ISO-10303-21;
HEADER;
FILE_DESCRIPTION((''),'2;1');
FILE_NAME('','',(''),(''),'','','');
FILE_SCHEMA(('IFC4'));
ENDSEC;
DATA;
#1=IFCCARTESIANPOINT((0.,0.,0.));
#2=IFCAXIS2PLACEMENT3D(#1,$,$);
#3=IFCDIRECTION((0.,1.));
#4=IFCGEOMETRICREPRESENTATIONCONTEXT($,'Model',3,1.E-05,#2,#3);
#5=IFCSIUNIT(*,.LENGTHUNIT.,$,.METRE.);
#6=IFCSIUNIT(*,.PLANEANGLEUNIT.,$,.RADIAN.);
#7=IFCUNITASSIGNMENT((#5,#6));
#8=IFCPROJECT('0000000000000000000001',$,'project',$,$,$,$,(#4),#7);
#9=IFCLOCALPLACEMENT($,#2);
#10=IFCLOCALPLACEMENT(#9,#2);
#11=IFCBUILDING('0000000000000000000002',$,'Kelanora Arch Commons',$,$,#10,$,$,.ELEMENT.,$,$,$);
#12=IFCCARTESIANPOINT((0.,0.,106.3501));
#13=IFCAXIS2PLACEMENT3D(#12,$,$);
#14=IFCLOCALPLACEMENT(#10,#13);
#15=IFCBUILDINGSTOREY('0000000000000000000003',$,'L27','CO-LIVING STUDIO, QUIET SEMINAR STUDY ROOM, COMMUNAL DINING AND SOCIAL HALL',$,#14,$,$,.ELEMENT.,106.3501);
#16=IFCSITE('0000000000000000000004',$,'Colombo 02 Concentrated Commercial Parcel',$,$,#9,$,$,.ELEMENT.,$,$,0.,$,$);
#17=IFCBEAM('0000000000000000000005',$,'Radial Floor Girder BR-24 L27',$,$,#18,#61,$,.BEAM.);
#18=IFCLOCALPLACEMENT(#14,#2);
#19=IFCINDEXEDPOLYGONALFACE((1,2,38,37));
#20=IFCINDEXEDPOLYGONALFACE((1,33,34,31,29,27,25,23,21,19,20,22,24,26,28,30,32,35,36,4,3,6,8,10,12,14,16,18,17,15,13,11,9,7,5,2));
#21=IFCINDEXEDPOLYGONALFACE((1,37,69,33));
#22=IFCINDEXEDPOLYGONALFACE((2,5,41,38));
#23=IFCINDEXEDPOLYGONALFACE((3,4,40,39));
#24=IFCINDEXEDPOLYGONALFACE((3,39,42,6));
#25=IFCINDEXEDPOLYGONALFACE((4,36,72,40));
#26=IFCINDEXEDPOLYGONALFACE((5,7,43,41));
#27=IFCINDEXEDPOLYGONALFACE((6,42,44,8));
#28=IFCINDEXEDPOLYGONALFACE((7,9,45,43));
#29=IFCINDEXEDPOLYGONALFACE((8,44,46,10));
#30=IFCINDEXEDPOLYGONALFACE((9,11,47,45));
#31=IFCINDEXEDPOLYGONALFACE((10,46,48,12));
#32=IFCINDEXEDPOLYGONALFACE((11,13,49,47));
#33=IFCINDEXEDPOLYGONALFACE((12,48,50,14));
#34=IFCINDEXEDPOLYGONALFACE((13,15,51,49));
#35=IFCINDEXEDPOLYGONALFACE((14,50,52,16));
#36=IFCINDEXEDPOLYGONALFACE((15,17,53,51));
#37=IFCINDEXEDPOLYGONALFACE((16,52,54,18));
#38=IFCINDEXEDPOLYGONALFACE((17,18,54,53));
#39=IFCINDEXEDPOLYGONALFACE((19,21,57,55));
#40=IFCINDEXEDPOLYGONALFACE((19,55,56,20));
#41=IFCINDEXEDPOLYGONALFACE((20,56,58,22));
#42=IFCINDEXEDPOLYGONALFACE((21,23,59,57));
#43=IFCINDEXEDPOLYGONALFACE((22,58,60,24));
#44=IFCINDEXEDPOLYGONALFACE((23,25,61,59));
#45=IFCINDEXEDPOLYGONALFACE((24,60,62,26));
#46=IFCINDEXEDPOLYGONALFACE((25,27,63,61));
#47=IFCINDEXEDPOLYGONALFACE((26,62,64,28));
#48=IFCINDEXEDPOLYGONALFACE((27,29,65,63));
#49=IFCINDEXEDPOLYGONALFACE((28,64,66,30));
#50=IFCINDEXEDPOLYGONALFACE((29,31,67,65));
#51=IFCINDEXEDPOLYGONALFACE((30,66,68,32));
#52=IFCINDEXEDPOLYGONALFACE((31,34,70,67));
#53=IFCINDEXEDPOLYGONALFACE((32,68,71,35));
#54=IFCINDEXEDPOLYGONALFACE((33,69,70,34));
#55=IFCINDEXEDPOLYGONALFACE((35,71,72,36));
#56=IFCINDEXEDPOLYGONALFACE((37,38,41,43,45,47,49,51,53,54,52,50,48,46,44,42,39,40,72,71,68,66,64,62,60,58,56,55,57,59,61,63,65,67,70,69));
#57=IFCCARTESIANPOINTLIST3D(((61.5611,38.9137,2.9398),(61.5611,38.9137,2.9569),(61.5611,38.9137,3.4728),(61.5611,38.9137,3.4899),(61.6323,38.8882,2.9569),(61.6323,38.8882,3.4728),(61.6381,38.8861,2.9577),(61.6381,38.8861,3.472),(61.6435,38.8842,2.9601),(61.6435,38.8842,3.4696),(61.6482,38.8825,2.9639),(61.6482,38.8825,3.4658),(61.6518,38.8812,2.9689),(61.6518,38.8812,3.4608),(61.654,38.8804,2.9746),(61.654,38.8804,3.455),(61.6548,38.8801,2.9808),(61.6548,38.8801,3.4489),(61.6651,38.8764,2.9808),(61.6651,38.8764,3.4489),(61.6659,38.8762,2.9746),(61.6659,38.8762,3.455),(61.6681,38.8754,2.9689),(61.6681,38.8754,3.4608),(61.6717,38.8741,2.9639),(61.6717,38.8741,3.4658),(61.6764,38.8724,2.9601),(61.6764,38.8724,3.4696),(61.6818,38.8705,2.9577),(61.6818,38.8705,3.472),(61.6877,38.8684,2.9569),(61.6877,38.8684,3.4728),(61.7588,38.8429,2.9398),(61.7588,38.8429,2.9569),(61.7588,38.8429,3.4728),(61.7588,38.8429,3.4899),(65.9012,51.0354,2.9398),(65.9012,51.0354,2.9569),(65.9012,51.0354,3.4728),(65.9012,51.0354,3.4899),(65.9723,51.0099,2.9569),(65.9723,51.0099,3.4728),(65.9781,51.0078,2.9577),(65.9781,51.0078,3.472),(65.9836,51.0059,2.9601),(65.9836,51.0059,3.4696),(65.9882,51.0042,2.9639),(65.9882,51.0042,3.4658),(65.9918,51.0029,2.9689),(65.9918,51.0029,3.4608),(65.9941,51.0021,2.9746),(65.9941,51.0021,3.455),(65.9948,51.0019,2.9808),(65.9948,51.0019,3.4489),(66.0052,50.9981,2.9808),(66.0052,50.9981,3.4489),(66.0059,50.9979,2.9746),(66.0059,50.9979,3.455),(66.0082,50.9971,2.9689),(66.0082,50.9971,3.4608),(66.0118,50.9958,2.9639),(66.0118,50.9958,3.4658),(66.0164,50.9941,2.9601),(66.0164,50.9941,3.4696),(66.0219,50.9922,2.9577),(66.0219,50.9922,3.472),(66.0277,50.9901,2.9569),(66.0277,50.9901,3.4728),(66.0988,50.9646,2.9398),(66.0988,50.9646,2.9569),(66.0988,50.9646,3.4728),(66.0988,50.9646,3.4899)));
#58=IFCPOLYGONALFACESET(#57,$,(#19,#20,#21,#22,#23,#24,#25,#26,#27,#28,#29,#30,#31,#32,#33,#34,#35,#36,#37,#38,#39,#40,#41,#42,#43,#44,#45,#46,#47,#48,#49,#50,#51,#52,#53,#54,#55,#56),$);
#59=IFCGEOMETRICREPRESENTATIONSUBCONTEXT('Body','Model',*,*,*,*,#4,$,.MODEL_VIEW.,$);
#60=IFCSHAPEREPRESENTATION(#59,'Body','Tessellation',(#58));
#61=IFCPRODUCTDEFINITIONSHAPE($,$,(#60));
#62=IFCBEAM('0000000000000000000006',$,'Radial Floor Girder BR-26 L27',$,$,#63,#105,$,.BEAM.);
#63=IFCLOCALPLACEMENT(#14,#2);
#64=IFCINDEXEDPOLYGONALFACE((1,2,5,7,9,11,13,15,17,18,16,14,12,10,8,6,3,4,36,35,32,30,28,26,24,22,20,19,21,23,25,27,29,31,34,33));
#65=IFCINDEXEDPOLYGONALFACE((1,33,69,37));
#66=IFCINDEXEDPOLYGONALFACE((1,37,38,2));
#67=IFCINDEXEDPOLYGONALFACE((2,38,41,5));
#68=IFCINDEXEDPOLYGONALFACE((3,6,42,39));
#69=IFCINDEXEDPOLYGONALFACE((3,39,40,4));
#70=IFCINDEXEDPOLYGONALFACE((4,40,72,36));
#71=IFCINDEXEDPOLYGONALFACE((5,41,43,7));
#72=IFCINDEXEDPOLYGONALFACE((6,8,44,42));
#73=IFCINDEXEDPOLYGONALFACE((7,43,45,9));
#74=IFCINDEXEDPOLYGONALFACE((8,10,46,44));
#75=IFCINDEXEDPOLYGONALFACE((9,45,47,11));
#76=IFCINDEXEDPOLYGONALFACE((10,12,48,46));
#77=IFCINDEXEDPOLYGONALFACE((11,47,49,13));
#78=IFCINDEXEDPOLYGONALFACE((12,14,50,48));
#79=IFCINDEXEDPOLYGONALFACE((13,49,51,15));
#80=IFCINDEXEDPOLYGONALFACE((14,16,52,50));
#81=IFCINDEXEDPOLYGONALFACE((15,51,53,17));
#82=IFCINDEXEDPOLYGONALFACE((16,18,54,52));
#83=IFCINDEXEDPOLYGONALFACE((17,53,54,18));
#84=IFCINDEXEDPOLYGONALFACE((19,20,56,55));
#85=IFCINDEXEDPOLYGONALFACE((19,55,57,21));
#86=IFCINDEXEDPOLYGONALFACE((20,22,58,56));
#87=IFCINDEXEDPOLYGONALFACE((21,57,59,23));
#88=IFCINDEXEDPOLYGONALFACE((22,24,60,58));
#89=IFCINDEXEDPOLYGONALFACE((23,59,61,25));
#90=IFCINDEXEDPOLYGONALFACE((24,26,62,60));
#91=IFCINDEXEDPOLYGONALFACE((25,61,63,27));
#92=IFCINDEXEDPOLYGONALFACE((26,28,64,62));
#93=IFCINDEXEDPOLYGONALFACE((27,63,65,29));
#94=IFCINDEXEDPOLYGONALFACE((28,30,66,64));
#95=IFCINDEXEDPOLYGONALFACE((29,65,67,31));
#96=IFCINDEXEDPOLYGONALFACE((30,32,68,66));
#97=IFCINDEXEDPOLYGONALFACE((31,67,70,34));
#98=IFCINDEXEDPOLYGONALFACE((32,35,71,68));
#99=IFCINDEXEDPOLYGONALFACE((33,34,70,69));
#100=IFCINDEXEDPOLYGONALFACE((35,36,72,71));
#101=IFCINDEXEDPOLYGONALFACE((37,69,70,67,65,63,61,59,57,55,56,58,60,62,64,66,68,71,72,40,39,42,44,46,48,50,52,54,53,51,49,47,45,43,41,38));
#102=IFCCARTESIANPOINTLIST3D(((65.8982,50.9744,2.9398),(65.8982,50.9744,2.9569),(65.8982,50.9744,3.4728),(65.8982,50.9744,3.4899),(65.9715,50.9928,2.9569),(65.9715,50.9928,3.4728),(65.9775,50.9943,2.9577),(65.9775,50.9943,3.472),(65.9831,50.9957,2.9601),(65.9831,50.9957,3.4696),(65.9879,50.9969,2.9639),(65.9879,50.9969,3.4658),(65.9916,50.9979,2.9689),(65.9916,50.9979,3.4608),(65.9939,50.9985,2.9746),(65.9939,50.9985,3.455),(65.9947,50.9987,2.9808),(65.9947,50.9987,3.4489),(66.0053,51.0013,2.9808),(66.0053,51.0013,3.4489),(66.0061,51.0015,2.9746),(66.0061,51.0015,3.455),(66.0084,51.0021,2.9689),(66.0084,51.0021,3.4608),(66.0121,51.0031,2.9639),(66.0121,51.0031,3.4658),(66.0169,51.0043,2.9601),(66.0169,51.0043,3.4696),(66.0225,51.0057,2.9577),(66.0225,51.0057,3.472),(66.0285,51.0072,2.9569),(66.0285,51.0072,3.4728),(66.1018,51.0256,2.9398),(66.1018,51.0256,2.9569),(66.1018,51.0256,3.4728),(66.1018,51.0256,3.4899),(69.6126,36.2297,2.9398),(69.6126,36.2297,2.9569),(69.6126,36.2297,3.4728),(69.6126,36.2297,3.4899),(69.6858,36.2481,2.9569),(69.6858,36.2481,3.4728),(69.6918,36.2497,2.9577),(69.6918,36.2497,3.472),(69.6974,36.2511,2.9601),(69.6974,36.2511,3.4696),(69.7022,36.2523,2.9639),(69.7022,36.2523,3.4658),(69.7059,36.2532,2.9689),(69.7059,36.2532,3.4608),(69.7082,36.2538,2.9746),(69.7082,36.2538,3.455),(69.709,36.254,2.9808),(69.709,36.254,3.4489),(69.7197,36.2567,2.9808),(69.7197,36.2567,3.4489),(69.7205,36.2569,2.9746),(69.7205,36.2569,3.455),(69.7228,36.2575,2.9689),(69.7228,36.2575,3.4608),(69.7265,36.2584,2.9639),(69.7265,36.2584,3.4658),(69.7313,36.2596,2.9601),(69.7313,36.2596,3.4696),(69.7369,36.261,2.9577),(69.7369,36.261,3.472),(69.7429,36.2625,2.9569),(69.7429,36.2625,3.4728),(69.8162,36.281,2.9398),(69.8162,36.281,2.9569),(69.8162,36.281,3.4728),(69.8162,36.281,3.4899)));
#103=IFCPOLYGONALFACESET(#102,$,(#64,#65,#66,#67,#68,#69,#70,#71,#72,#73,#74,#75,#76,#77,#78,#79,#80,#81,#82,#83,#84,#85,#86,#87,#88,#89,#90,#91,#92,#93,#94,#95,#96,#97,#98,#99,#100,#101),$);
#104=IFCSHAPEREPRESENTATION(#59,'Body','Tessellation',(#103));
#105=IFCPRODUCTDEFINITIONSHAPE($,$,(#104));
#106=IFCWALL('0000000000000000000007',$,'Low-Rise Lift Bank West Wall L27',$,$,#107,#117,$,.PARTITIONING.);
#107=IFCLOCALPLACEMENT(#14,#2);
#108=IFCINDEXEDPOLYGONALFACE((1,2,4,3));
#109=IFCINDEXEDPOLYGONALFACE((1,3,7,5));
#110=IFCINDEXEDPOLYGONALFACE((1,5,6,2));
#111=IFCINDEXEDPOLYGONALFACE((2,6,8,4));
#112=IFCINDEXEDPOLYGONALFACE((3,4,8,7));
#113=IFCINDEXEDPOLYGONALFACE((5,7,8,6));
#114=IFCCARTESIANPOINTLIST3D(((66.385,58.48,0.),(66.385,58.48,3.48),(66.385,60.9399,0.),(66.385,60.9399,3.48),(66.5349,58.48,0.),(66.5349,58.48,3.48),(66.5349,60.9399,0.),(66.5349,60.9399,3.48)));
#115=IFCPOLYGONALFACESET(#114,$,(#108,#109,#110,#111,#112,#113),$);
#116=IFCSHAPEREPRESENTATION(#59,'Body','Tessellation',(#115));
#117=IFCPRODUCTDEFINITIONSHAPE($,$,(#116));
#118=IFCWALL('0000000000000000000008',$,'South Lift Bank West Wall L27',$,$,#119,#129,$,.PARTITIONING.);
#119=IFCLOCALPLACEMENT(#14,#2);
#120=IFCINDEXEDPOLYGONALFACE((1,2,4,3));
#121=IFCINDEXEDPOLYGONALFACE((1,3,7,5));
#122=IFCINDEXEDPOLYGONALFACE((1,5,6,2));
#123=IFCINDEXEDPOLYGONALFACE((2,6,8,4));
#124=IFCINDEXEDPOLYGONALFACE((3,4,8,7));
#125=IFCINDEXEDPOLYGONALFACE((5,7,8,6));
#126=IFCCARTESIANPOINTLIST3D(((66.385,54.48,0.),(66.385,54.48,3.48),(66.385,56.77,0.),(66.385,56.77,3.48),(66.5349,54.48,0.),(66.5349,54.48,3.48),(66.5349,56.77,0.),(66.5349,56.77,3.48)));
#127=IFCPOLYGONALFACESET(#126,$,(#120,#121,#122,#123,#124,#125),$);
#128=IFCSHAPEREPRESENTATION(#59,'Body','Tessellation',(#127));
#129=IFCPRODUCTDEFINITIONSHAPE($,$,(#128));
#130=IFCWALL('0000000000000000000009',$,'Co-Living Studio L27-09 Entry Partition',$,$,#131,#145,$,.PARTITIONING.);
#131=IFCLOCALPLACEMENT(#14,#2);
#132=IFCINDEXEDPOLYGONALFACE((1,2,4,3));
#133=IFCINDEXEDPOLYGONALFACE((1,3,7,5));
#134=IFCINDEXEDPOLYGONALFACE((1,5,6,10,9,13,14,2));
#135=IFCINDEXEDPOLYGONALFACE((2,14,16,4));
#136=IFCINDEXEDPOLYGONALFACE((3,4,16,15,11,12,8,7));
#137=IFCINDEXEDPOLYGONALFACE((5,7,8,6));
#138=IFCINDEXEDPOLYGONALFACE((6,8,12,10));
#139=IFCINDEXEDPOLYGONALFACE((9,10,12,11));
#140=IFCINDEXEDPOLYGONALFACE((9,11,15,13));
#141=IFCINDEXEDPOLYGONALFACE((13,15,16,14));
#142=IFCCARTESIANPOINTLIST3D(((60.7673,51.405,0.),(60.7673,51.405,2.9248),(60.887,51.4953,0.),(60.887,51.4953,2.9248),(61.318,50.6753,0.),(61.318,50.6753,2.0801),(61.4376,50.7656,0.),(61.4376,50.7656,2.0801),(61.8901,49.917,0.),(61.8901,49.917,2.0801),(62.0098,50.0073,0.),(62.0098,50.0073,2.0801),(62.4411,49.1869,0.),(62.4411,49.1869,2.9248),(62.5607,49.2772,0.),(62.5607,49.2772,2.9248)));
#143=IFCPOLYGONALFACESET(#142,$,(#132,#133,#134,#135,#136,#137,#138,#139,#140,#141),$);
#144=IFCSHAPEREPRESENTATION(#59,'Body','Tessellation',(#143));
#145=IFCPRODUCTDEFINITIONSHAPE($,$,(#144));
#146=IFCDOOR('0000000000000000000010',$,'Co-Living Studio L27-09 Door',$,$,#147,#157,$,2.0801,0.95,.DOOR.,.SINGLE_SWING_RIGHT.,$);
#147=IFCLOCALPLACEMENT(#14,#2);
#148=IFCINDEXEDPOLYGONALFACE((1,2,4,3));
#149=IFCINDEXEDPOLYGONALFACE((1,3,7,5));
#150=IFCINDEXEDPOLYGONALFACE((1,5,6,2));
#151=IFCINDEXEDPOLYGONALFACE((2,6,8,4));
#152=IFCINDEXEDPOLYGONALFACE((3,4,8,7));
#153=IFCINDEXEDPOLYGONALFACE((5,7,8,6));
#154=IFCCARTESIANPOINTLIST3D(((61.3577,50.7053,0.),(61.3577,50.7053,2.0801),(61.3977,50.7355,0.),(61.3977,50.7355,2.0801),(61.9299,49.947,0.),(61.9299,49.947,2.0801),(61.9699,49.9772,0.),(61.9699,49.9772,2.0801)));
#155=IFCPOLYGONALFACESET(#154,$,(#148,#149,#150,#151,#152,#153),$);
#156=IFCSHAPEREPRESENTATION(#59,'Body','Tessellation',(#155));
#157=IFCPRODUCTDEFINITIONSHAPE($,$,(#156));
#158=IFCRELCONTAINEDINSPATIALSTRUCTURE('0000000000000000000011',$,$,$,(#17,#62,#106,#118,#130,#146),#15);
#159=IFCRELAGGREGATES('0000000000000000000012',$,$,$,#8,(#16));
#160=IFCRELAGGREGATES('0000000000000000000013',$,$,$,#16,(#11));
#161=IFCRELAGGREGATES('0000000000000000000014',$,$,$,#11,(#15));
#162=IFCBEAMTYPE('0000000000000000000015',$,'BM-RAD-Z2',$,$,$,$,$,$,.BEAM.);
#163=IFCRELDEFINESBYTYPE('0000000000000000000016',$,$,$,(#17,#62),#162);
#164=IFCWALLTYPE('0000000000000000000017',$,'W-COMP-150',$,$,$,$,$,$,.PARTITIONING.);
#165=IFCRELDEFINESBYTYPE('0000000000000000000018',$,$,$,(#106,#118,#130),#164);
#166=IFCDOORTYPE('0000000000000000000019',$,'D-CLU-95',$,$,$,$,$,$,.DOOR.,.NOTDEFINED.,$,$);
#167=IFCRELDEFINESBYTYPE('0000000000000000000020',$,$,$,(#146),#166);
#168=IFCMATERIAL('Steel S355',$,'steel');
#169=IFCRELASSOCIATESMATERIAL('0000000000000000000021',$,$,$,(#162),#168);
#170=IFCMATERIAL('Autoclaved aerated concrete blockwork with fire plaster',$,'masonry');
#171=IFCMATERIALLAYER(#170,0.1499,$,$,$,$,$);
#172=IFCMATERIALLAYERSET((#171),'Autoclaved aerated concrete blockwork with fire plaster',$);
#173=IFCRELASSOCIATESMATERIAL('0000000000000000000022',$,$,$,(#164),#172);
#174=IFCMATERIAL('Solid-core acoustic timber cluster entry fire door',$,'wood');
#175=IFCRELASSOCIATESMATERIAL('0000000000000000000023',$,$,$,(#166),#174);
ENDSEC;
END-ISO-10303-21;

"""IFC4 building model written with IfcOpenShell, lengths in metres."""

from ifc_helpers import new_model, si_unit, direction, frame, frame_2d, origin, origin_2d, place, context, subcontext, project, spatial, rectangle, i_section, extrude, material, layer, layer_set, material_profile, profile_set, type_object, element, fill, save


model = new_model("IFC4")

# Units and contexts
model_context = context("Model", 3, precision=1e-05, world=origin(), true_north=direction((0.0, 1.0)))
body_context = subcontext(model_context, "Body", "Model", "MODEL_VIEW")
ifc_project = project(units=[si_unit("LENGTHUNIT", "METRE"), si_unit("PLANEANGLEUNIT", "RADIAN")], contexts=[model_context])

# Site, building, storey
site_placement = place(None, origin())
site = spatial("IfcSite", under=ifc_project, at=site_placement, Name="Colombo 02 Concentrated Commercial Parcel", CompositionType="ELEMENT", RefElevation=0.0)
building_placement = place(site_placement, origin())
building = spatial("IfcBuilding", under=site, at=building_placement, Name="Kelanora Arch Commons", CompositionType="ELEMENT")
storey_placement = place(building_placement, frame((0.0, 0.0, 106.3501)))
storey = spatial("IfcBuildingStorey", under=building, at=storey_placement, Name="L27", Description="CO-LIVING STUDIO, QUIET SEMINAR STUDY ROOM, COMMUNAL DINING AND SOCIAL HALL", CompositionType="ELEMENT", Elevation=106.3501)

# Beams
ifc_material_1 = material(Name="Steel S355", Category="steel")
ifc_material_profile_1 = material_profile(ifc_material_1, i_section(OverallWidth=0.21, OverallDepth=0.55, WebThickness=0.011, FlangeThickness=0.0171, FilletRadius=0.0239, at=origin_2d()), Name="IPE550")
ifc_profile_set_1 = profile_set([ifc_material_profile_1], Name="Steel S355")
beam_type_1 = type_object("IfcBeamType", Name="BM-RAD-Z2", PredefinedType="BEAM", material=ifc_profile_set_1)
beam_1_placement = place(storey_placement, frame((66.0, 51.0, 3.2148), z_axis=(-0.337085, -0.941474, 0.0), x_axis=(0.941474, -0.337085, 0.0)))
element("IfcBeam", 1, at=beam_1_placement, inside=storey, type_object=beam_type_1, Name="Radial Floor Girder BR-24 L27", PredefinedType="BEAM", context=body_context, shape_type="SweptSolid", body=[
    extrude(i_section(OverallWidth=0.21, OverallDepth=0.55, WebThickness=0.011, FlangeThickness=0.0171, FilletRadius=0.0239, at=origin_2d()), origin(), (0.0, 0.0, 1.0), 12.8752),
])
beam_2_placement = place(storey_placement, frame((66.0, 51.0, 3.2148), z_axis=(0.244281, -0.969705, 0.0), x_axis=(0.969705, 0.244281, 0.0)))
element("IfcBeam", 2, at=beam_2_placement, inside=storey, type_object=beam_type_1, Name="Radial Floor Girder BR-26 L27", PredefinedType="BEAM", context=body_context, shape_type="SweptSolid", body=[
    extrude(i_section(OverallWidth=0.21, OverallDepth=0.55, WebThickness=0.011, FlangeThickness=0.0171, FilletRadius=0.0239, at=origin_2d()), origin(), (0.0, 0.0, 1.0), 15.2053),
])

# Walls
ifc_material_2 = material(Name="Autoclaved aerated concrete blockwork with fire plaster", Category="masonry")
ifc_layer_1 = layer(ifc_material_2, 0.1499)
ifc_layer_set_1 = layer_set([ifc_layer_1], Name="Autoclaved aerated concrete blockwork with fire plaster")
wall_type_1 = type_object("IfcWallType", Name="W-COMP-150", PredefinedType="PARTITIONING", material=ifc_layer_set_1)
wall_1_placement = place(storey_placement, frame((66.46, 58.48, 0.0), z_axis=(0.0, 0.0, 1.0), x_axis=(0.0, 1.0, 0.0)))
element("IfcWall", 3, at=wall_1_placement, inside=storey, type_object=wall_type_1, Name="Low-Rise Lift Bank West Wall L27", PredefinedType="PARTITIONING", context=body_context, shape_type="SweptSolid", body=[
    extrude(rectangle(XDim=2.46, YDim=0.1499, at=frame_2d((1.23, 0.0))), origin(), (0.0, 0.0, 1.0), 3.48),
])
wall_2_placement = place(storey_placement, frame((66.46, 54.48, 0.0), z_axis=(0.0, 0.0, 1.0), x_axis=(0.0, 1.0, 0.0)))
element("IfcWall", 4, at=wall_2_placement, inside=storey, type_object=wall_type_1, Name="South Lift Bank West Wall L27", PredefinedType="PARTITIONING", context=body_context, shape_type="SweptSolid", body=[
    extrude(rectangle(XDim=2.29, YDim=0.1499, at=frame_2d((1.145, 0.0))), origin(), (0.0, 0.0, 1.0), 3.48),
])

# Wall, opening, door
wall_3_placement = place(storey_placement, frame((60.8271, 51.4502, 0.0), z_axis=(0.0, 0.0, 1.0), x_axis=(0.602331, -0.798247, 0.0)))
wall_3 = element("IfcWall", 5, at=wall_3_placement, inside=storey, type_object=wall_type_1, Name="Co-Living Studio L27-09 Entry Partition", PredefinedType="PARTITIONING", context=body_context, shape_type="SweptSolid", body=[
    extrude(rectangle(XDim=2.7788, YDim=0.1499, at=frame_2d((1.3894, 0.0))), origin(), (0.0, 0.0, 1.0), 2.9248),
])
opening_1_placement = place(wall_3_placement, frame((0.9141, 0.0, 0.0)))
opening_1 = element("IfcOpeningElement", 6, at=opening_1_placement, cuts=wall_3, PredefinedType="OPENING", context=body_context, shape_type="SweptSolid", body=[
    extrude(rectangle(XDim=0.95, YDim=2.0801, at=frame_2d((0.4751, 1.04))), frame((0.0, 0.085, 0.0), z_axis=(0.0, -1.0, 0.0), x_axis=(1.0, 0.0, 0.0)), (0.0, 0.0, 1.0), 0.1699),
])
ifc_material_3 = material(Name="Solid-core acoustic timber cluster entry fire door", Category="wood")
door_type_1 = type_object("IfcDoorType", Name="D-CLU-95", OperationType="NOTDEFINED", PredefinedType="DOOR", material=ifc_material_3)
door_1_placement = place(opening_1_placement, origin())
door_1 = element("IfcDoor", 7, at=door_1_placement, inside=storey, type_object=door_type_1, Name="Co-Living Studio L27-09 Door", OperationType="SINGLE_SWING_RIGHT", OverallHeight=2.0801, OverallWidth=0.95, PredefinedType="DOOR", context=body_context, shape_type="SweptSolid", body=[
    extrude(rectangle(XDim=0.95, YDim=2.0801, at=frame_2d((0.4751, 1.04))), frame((0.0, 0.0249, 0.0), z_axis=(0.0, -1.0, 0.0), x_axis=(1.0, 0.0, 0.0)), (0.0, 0.0, 1.0), 0.05),
])
fill(opening_1, door_1)

save(model, "model.ifc")
